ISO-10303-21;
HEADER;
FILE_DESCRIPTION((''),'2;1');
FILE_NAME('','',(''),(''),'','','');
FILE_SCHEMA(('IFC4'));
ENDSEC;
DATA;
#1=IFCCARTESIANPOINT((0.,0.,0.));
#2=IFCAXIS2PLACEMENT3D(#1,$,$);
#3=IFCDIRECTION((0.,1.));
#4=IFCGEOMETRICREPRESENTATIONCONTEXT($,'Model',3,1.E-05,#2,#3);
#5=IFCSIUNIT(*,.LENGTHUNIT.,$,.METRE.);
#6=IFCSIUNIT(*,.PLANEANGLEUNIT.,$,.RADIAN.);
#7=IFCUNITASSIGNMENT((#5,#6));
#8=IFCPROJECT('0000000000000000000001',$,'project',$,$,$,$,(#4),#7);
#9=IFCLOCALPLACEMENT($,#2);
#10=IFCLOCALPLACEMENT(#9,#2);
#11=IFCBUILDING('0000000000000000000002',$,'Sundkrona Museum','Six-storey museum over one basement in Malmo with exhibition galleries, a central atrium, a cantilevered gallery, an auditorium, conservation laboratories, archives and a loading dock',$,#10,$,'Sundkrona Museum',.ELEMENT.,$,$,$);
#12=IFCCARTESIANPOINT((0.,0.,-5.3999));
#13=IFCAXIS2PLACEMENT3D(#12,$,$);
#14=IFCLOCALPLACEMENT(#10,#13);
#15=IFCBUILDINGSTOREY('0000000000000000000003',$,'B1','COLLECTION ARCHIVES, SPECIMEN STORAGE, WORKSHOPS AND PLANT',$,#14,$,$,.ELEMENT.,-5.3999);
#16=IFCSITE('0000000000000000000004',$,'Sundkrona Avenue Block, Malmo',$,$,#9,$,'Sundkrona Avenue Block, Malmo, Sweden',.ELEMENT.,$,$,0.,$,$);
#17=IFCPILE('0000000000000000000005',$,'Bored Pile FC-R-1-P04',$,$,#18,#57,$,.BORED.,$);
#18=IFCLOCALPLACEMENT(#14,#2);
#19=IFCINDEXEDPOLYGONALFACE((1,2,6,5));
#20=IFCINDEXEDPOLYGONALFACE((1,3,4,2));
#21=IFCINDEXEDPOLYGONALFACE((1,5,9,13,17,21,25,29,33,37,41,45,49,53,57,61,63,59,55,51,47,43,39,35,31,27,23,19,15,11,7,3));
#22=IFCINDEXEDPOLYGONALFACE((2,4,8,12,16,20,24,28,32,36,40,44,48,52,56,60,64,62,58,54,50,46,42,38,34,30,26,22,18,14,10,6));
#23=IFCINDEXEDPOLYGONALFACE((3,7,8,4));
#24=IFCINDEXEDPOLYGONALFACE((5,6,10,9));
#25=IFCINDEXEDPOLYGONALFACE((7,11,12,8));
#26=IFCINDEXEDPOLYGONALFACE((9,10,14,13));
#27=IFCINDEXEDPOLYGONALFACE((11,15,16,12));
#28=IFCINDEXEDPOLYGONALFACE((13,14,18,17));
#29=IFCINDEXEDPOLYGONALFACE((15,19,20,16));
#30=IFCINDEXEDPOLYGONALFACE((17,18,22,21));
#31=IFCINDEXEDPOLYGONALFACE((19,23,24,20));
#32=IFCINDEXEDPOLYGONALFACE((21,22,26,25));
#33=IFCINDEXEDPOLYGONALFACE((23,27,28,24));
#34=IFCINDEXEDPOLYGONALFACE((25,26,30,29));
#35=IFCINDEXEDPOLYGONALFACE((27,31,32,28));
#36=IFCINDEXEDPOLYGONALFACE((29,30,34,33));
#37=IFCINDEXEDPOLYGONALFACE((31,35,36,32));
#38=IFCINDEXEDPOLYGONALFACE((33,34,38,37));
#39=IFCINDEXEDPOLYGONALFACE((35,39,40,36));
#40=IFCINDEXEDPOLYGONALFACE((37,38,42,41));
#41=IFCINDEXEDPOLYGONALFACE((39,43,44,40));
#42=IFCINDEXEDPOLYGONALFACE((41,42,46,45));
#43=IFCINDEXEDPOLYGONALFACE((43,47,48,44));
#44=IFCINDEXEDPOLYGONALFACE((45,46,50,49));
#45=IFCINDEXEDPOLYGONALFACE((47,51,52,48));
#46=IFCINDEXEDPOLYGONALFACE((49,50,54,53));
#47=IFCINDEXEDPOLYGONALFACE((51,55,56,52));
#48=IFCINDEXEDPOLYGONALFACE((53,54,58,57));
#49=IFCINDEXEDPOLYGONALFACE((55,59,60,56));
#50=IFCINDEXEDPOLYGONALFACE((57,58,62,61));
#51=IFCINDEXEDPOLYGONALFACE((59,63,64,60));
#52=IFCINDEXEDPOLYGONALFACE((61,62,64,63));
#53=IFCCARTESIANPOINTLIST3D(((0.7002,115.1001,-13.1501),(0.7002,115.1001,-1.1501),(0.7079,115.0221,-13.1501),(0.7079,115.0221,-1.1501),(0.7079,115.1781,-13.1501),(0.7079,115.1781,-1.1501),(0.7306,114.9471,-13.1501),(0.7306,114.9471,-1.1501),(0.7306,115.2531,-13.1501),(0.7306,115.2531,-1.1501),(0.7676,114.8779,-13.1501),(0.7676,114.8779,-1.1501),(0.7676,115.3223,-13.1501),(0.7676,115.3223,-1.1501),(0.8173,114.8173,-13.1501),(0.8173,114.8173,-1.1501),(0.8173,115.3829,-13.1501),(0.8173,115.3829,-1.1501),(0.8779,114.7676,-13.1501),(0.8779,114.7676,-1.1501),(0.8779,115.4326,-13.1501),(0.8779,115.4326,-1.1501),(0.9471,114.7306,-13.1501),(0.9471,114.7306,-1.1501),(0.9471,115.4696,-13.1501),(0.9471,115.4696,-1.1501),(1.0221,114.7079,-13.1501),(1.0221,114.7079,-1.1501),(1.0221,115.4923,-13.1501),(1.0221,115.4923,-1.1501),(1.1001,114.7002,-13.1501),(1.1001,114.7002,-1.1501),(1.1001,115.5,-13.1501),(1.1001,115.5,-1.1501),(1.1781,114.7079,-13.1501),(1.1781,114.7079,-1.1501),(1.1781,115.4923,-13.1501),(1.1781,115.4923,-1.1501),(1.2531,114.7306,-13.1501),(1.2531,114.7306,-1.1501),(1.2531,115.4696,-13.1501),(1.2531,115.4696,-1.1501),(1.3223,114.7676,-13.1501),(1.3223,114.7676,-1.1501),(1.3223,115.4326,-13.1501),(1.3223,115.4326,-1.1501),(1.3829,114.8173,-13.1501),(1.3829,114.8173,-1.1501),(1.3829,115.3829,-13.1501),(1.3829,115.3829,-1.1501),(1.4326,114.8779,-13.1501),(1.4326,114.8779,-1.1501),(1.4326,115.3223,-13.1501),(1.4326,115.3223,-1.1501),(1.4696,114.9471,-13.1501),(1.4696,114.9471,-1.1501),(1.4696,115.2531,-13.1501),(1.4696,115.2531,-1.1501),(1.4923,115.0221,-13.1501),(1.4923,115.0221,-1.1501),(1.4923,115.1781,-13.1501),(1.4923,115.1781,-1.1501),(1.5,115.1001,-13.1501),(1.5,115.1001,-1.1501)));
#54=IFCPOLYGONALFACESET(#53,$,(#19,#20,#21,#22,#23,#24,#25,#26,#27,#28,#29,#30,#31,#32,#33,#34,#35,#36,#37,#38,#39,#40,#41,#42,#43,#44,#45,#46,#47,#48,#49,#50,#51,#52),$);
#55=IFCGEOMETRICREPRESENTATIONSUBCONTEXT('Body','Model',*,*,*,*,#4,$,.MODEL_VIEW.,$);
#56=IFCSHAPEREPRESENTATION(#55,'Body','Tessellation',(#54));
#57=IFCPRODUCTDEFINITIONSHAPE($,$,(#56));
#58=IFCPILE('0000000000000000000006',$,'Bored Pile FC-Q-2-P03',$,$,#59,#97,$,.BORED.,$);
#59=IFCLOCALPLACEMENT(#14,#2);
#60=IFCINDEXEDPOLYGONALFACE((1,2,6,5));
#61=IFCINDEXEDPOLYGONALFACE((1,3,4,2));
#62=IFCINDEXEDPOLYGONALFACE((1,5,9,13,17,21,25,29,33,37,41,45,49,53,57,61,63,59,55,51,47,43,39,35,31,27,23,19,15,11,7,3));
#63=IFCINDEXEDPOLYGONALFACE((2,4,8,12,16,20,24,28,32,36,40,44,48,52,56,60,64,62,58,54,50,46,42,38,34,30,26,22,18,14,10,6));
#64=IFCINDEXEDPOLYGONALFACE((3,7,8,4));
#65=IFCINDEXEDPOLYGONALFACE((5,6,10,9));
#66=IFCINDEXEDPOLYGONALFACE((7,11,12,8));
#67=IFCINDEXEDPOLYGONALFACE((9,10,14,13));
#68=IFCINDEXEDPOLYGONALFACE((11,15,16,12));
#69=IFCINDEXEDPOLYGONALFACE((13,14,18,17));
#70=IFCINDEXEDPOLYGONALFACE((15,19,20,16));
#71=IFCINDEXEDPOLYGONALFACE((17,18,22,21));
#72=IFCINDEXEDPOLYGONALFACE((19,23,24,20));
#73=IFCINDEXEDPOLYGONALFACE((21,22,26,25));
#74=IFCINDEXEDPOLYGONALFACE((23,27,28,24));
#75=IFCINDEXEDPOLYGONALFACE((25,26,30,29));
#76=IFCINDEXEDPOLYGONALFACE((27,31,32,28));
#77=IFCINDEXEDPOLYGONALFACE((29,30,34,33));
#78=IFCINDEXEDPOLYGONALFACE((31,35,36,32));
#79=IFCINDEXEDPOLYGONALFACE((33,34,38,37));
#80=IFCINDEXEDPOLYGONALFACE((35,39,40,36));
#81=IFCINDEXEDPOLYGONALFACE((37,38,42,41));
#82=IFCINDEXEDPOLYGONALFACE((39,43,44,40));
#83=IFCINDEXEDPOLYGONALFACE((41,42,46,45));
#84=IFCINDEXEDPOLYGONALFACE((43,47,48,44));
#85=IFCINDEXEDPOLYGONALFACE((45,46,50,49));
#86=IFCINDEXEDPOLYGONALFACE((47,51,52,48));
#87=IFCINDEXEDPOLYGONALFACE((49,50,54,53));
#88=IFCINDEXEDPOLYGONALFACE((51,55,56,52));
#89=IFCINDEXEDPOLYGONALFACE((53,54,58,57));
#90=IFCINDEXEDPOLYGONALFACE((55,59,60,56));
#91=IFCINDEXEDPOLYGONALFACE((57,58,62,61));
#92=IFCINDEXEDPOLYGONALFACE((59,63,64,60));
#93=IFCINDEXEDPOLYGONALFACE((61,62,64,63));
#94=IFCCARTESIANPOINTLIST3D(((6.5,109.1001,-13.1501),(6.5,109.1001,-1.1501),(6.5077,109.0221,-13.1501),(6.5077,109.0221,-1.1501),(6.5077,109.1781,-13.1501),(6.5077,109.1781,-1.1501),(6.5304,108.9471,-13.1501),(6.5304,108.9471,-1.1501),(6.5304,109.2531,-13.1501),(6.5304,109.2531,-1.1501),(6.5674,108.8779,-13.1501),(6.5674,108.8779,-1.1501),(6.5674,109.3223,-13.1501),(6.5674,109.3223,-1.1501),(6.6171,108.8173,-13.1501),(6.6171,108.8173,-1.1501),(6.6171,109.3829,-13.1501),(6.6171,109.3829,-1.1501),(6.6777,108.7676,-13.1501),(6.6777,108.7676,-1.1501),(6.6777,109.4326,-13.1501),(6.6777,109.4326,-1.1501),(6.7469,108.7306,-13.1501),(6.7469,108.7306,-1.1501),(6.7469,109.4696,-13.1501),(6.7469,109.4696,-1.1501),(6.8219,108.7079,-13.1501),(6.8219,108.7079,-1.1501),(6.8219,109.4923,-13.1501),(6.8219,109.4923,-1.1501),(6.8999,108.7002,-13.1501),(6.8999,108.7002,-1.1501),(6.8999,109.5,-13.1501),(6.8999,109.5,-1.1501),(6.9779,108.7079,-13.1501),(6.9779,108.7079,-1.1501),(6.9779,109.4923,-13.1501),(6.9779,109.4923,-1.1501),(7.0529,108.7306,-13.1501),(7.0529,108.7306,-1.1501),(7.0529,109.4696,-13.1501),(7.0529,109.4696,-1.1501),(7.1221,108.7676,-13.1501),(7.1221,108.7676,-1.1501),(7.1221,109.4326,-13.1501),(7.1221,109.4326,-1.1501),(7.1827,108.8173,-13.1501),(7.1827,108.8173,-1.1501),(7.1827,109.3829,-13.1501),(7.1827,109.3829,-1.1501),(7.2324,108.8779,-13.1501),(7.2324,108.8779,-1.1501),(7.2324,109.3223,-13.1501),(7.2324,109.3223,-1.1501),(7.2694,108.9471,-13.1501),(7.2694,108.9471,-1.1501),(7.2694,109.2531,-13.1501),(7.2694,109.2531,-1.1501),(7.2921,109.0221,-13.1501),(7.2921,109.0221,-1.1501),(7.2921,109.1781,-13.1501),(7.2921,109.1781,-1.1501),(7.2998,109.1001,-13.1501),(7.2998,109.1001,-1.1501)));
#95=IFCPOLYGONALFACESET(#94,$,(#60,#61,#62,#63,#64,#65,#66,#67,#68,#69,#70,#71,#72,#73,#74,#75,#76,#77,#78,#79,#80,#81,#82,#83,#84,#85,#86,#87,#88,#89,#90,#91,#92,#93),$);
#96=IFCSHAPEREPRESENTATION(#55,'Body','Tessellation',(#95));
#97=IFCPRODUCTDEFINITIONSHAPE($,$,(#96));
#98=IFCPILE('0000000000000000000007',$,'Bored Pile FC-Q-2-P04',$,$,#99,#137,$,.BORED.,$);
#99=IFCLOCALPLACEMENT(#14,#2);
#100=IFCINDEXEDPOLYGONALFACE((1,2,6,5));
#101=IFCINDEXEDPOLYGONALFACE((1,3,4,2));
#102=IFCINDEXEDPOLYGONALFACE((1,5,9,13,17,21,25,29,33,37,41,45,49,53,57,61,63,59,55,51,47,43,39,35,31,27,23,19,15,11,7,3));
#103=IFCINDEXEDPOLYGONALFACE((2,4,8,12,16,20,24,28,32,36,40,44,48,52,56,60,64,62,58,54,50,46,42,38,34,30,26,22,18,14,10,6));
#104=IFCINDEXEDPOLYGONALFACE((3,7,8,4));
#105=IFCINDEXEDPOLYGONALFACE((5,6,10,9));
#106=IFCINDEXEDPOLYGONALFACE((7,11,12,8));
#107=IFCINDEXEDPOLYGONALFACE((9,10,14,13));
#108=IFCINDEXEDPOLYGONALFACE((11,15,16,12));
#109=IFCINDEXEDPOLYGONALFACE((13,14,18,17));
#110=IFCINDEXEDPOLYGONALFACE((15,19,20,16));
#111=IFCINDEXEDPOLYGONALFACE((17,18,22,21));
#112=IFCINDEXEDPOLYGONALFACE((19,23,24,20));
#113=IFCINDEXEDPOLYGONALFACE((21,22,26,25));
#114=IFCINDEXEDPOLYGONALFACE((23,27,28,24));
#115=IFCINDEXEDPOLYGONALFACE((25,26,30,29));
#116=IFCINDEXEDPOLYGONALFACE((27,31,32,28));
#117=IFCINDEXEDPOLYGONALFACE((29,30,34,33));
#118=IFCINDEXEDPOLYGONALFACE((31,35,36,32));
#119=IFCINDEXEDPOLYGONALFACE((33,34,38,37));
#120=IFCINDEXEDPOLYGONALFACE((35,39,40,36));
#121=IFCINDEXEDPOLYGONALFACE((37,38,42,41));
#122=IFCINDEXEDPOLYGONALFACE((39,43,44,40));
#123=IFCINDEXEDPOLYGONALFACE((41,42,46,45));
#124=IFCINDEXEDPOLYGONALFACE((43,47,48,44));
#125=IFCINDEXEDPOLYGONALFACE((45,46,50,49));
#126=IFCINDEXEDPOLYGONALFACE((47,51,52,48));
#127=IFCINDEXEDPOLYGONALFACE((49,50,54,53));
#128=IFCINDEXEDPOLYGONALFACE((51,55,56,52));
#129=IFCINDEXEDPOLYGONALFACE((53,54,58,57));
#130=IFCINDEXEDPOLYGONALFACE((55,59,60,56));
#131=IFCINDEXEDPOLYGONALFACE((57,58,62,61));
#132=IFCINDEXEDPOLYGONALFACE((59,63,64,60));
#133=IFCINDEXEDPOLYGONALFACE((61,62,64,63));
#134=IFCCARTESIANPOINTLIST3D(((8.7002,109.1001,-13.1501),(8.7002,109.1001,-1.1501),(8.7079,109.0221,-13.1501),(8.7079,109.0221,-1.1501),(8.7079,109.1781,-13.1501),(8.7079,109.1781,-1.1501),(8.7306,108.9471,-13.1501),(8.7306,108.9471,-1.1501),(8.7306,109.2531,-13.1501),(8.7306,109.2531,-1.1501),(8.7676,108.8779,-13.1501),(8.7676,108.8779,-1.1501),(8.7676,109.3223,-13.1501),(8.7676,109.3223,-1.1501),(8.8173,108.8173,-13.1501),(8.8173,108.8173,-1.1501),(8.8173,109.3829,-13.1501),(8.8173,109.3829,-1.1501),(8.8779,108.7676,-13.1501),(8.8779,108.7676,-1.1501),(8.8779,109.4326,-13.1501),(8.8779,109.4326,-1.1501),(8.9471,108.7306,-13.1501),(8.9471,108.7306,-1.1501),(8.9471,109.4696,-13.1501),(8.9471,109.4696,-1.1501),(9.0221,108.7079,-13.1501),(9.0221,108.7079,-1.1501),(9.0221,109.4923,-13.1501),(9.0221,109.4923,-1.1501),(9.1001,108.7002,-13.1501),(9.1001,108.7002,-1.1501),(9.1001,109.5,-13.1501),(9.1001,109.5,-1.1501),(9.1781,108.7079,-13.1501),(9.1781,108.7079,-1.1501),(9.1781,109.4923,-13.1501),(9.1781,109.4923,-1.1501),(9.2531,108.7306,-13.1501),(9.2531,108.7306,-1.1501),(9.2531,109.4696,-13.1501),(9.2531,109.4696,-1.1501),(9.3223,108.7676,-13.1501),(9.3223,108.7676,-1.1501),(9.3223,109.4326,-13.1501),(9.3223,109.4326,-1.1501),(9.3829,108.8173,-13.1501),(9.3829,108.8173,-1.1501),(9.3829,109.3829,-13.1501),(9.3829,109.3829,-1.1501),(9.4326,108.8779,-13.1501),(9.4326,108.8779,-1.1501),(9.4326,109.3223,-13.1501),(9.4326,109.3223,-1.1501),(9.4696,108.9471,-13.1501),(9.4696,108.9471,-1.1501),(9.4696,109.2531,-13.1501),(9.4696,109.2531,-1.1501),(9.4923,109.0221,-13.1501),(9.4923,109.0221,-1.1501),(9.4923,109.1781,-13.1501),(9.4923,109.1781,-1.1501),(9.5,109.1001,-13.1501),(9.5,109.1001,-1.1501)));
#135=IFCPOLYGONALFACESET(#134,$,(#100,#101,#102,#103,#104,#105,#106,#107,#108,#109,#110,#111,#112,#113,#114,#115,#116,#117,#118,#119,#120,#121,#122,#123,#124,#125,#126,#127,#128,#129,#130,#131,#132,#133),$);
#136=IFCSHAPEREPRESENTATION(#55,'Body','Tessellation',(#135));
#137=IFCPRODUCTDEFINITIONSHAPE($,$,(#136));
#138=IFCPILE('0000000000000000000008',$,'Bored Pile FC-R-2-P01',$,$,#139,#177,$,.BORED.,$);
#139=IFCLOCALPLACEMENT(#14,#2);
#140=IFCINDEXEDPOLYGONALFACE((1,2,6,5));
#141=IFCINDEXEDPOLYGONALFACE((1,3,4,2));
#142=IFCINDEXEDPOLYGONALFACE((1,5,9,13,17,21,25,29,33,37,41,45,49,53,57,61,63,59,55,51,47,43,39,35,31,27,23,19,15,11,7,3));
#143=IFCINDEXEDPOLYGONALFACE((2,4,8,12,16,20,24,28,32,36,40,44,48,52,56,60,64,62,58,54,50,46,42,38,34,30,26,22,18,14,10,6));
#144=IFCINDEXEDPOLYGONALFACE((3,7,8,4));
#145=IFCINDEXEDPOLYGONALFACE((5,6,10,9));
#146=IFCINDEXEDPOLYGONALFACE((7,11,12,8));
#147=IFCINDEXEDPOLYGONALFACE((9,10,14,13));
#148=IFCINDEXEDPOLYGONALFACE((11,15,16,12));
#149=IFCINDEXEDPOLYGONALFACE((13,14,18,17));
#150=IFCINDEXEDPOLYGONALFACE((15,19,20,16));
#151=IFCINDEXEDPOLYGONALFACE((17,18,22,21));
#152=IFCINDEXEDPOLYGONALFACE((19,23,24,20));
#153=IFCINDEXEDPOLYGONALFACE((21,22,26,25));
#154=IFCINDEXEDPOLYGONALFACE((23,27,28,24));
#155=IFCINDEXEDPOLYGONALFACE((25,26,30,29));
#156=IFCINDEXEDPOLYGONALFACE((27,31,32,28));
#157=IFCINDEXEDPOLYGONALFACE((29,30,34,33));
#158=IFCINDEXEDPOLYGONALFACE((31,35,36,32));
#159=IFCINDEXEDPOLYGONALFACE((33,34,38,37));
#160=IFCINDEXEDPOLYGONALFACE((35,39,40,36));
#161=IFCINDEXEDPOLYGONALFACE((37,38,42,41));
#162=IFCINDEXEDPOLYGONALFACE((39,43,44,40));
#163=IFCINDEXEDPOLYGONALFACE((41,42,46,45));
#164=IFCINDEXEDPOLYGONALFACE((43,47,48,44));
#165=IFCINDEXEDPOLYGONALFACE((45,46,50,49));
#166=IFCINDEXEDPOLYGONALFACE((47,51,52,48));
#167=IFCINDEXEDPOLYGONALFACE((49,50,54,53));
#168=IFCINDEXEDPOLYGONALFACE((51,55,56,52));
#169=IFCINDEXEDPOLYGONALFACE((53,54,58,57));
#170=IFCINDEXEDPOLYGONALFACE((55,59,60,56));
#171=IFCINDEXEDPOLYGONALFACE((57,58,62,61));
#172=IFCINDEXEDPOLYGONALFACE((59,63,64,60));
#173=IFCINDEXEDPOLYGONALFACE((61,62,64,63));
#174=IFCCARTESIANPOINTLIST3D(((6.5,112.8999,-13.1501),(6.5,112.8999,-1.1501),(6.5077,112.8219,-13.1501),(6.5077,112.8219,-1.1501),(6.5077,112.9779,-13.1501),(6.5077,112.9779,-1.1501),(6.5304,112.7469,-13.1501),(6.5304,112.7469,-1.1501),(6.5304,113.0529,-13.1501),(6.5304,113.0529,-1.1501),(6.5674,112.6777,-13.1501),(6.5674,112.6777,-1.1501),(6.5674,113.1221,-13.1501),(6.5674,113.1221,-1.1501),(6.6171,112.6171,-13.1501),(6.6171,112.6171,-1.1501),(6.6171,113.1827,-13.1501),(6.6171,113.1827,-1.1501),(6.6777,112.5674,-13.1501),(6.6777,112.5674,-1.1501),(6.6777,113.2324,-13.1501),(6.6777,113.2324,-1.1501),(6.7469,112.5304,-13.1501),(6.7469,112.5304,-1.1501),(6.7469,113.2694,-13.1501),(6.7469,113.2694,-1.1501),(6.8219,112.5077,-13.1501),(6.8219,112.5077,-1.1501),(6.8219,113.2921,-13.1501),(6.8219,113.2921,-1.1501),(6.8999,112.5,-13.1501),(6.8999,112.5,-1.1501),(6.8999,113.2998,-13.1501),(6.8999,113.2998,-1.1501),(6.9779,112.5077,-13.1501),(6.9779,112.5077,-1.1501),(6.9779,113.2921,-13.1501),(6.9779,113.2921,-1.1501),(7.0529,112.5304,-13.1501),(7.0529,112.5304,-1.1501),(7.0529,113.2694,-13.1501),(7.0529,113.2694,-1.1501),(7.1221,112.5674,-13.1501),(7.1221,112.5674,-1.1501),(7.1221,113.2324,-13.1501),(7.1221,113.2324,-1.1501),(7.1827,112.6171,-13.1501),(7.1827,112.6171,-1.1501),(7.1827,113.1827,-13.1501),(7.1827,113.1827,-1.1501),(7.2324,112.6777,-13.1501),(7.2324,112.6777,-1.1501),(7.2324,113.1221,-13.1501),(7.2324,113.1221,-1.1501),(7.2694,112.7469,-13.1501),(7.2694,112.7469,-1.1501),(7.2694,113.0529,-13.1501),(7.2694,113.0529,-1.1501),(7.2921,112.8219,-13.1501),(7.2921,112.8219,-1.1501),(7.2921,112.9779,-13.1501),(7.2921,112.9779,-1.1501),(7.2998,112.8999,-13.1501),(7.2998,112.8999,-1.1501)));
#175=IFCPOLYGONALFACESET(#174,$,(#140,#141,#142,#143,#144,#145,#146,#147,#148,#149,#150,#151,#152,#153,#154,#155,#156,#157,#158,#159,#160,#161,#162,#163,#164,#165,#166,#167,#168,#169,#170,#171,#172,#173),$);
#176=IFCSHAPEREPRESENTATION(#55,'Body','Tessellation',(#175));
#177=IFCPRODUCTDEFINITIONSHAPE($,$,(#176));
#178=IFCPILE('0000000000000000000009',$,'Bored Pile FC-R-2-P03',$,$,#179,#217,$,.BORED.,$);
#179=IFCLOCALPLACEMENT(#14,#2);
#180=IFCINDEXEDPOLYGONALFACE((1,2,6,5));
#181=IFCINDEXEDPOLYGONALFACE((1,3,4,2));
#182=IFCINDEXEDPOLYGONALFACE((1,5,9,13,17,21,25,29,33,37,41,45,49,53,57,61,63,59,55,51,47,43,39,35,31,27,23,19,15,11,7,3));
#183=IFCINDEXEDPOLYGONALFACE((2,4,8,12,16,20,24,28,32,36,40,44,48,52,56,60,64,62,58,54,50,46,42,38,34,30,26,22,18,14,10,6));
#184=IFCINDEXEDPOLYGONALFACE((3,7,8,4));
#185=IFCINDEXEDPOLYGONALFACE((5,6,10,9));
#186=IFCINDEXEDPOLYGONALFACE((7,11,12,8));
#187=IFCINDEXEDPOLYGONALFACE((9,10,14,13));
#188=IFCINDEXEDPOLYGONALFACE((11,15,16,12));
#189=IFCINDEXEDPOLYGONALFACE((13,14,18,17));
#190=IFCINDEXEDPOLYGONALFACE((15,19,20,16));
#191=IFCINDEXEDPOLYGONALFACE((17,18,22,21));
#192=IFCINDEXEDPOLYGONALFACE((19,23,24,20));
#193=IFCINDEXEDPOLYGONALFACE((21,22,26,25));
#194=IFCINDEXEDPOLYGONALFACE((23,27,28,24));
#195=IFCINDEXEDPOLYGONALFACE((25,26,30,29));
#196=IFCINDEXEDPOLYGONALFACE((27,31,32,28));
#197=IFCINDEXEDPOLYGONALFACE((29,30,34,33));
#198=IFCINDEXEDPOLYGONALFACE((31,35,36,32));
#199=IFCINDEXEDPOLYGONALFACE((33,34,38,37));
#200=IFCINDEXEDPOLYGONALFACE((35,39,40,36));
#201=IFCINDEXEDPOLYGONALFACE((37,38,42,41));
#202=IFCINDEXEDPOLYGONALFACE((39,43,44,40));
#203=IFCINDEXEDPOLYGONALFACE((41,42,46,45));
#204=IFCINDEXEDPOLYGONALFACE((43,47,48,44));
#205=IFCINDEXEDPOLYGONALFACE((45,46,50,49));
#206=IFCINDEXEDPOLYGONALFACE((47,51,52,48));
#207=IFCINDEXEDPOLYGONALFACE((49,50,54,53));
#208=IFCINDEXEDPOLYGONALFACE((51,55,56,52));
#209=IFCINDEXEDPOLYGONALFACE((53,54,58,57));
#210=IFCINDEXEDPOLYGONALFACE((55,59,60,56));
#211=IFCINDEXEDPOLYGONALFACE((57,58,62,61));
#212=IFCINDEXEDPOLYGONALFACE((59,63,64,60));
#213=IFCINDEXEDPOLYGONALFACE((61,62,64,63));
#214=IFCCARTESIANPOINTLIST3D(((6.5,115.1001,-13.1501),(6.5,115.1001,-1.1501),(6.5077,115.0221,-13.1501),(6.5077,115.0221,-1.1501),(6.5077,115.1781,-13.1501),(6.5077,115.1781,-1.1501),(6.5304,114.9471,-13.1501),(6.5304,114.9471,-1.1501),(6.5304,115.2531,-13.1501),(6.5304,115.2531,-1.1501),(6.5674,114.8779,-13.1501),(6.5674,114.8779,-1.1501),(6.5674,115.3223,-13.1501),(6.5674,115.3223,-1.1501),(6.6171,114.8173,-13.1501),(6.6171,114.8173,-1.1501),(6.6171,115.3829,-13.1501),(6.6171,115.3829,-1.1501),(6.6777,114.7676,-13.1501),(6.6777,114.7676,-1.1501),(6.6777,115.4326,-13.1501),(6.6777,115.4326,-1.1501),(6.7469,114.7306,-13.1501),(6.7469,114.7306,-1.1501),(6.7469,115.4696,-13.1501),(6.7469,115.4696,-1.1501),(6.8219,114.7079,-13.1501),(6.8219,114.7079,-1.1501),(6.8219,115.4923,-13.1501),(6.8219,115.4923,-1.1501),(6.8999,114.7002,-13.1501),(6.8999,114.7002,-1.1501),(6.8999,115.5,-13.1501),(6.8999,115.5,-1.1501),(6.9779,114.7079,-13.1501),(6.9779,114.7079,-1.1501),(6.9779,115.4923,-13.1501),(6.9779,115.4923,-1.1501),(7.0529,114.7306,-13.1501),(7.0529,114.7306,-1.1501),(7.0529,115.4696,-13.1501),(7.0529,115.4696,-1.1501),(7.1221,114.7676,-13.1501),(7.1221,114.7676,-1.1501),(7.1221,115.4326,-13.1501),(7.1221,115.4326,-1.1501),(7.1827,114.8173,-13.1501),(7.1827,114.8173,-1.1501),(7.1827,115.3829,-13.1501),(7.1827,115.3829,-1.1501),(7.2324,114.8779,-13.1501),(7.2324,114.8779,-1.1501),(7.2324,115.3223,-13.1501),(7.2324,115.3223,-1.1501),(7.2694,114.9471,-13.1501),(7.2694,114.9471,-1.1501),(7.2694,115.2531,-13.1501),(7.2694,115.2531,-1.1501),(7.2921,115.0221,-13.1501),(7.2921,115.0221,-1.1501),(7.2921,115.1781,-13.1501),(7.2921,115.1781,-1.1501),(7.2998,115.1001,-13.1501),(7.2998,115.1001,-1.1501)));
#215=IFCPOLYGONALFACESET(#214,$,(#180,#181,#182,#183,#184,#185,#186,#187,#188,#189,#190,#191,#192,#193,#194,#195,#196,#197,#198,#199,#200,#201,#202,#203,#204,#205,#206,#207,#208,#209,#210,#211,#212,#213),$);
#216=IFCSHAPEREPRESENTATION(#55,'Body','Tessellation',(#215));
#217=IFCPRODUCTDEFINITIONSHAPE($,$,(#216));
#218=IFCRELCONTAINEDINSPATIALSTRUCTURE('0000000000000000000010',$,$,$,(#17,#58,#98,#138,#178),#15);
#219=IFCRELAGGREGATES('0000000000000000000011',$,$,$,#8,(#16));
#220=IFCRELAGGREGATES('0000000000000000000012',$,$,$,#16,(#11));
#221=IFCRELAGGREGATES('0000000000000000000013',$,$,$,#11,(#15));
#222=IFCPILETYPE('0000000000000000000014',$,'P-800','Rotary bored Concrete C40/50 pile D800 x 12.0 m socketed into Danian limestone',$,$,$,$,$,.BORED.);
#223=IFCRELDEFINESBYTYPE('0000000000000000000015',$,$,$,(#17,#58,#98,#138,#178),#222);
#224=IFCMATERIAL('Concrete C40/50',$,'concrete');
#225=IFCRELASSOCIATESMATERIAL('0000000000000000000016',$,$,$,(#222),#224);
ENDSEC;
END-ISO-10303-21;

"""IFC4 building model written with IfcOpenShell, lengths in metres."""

from ifc_helpers import new_model, si_unit, direction, frame, origin, origin_2d, place, context, subcontext, project, spatial, circle, extrude, material, material_profile, profile_set, type_object, element, save


model = new_model("IFC4")

# Units and contexts
model_context = context("Model", 3, precision=1e-05, world=origin(), true_north=direction((0.0, 1.0)))
body_context = subcontext(model_context, "Body", "Model", "MODEL_VIEW")
ifc_project = project(units=[si_unit("LENGTHUNIT", "METRE"), si_unit("PLANEANGLEUNIT", "RADIAN")], contexts=[model_context])

# Site, building, storey
site_placement = place(None, origin())
site = spatial("IfcSite", under=ifc_project, at=site_placement, Name="Sundkrona Avenue Block, Malmo", LongName="Sundkrona Avenue Block, Malmo, Sweden", CompositionType="ELEMENT", RefElevation=0.0)
building_placement = place(site_placement, origin())
building = spatial("IfcBuilding", under=site, at=building_placement, Name="Sundkrona Museum", Description="Six-storey museum over one basement in Malmo with exhibition galleries, a central atrium, a cantilevered gallery, an auditorium, conservation laboratories, archives and a loading dock", LongName="Sundkrona Museum", CompositionType="ELEMENT")
storey_placement = place(building_placement, frame((0.0, 0.0, -5.3999)))
storey = spatial("IfcBuildingStorey", under=building, at=storey_placement, Name="B1", Description="COLLECTION ARCHIVES, SPECIMEN STORAGE, WORKSHOPS AND PLANT", CompositionType="ELEMENT", Elevation=-5.3999)

# Shared definitions
ifc_material_1 = material(Name="Concrete C40/50", Category="concrete")

# Piles
ifc_material_profile_1 = material_profile(ifc_material_1, circle(Radius=0.3999, at=origin_2d()), Name="PILE D800")
ifc_profile_set_1 = profile_set([ifc_material_profile_1], Name="Concrete C40/50")
pile_type = type_object("IfcPileType", Name="P-800", Description="Rotary bored Concrete C40/50 pile D800 x 12.0 m socketed into Danian limestone", PredefinedType="BORED", material=ifc_profile_set_1)
for number, where, z_axis, x_axis, name in (
    (1, (1.1001, 115.1001, -1.1501), (0.0, 0.0, -1.0), (1.0, 0.0, 0.0), "Bored Pile FC-R-1-P04"),
    (2, (6.8999, 109.1001, -1.1501), (0.0, 0.0, -1.0), (1.0, 0.0, 0.0), "Bored Pile FC-Q-2-P03"),
    (3, (9.1001, 109.1001, -1.1501), (0.0, 0.0, -1.0), (1.0, 0.0, 0.0), "Bored Pile FC-Q-2-P04"),
    (4, (6.8999, 112.8999, -1.1501), (0.0, 0.0, -1.0), (1.0, 0.0, 0.0), "Bored Pile FC-R-2-P01"),
    (5, (6.8999, 115.1001, -1.1501), (0.0, 0.0, -1.0), (1.0, 0.0, 0.0), "Bored Pile FC-R-2-P03"),
):
    element("IfcPile", number, at=place(storey_placement, frame(where, z_axis=z_axis, x_axis=x_axis)), inside=storey, type_object=pile_type, Name=name, PredefinedType="BORED", context=body_context, shape_type="SweptSolid", body=[
        extrude(circle(Radius=0.3999, at=origin_2d()), origin(), (0.0, 0.0, 1.0), 12.0),
    ])

save(model, "model.ifc")
